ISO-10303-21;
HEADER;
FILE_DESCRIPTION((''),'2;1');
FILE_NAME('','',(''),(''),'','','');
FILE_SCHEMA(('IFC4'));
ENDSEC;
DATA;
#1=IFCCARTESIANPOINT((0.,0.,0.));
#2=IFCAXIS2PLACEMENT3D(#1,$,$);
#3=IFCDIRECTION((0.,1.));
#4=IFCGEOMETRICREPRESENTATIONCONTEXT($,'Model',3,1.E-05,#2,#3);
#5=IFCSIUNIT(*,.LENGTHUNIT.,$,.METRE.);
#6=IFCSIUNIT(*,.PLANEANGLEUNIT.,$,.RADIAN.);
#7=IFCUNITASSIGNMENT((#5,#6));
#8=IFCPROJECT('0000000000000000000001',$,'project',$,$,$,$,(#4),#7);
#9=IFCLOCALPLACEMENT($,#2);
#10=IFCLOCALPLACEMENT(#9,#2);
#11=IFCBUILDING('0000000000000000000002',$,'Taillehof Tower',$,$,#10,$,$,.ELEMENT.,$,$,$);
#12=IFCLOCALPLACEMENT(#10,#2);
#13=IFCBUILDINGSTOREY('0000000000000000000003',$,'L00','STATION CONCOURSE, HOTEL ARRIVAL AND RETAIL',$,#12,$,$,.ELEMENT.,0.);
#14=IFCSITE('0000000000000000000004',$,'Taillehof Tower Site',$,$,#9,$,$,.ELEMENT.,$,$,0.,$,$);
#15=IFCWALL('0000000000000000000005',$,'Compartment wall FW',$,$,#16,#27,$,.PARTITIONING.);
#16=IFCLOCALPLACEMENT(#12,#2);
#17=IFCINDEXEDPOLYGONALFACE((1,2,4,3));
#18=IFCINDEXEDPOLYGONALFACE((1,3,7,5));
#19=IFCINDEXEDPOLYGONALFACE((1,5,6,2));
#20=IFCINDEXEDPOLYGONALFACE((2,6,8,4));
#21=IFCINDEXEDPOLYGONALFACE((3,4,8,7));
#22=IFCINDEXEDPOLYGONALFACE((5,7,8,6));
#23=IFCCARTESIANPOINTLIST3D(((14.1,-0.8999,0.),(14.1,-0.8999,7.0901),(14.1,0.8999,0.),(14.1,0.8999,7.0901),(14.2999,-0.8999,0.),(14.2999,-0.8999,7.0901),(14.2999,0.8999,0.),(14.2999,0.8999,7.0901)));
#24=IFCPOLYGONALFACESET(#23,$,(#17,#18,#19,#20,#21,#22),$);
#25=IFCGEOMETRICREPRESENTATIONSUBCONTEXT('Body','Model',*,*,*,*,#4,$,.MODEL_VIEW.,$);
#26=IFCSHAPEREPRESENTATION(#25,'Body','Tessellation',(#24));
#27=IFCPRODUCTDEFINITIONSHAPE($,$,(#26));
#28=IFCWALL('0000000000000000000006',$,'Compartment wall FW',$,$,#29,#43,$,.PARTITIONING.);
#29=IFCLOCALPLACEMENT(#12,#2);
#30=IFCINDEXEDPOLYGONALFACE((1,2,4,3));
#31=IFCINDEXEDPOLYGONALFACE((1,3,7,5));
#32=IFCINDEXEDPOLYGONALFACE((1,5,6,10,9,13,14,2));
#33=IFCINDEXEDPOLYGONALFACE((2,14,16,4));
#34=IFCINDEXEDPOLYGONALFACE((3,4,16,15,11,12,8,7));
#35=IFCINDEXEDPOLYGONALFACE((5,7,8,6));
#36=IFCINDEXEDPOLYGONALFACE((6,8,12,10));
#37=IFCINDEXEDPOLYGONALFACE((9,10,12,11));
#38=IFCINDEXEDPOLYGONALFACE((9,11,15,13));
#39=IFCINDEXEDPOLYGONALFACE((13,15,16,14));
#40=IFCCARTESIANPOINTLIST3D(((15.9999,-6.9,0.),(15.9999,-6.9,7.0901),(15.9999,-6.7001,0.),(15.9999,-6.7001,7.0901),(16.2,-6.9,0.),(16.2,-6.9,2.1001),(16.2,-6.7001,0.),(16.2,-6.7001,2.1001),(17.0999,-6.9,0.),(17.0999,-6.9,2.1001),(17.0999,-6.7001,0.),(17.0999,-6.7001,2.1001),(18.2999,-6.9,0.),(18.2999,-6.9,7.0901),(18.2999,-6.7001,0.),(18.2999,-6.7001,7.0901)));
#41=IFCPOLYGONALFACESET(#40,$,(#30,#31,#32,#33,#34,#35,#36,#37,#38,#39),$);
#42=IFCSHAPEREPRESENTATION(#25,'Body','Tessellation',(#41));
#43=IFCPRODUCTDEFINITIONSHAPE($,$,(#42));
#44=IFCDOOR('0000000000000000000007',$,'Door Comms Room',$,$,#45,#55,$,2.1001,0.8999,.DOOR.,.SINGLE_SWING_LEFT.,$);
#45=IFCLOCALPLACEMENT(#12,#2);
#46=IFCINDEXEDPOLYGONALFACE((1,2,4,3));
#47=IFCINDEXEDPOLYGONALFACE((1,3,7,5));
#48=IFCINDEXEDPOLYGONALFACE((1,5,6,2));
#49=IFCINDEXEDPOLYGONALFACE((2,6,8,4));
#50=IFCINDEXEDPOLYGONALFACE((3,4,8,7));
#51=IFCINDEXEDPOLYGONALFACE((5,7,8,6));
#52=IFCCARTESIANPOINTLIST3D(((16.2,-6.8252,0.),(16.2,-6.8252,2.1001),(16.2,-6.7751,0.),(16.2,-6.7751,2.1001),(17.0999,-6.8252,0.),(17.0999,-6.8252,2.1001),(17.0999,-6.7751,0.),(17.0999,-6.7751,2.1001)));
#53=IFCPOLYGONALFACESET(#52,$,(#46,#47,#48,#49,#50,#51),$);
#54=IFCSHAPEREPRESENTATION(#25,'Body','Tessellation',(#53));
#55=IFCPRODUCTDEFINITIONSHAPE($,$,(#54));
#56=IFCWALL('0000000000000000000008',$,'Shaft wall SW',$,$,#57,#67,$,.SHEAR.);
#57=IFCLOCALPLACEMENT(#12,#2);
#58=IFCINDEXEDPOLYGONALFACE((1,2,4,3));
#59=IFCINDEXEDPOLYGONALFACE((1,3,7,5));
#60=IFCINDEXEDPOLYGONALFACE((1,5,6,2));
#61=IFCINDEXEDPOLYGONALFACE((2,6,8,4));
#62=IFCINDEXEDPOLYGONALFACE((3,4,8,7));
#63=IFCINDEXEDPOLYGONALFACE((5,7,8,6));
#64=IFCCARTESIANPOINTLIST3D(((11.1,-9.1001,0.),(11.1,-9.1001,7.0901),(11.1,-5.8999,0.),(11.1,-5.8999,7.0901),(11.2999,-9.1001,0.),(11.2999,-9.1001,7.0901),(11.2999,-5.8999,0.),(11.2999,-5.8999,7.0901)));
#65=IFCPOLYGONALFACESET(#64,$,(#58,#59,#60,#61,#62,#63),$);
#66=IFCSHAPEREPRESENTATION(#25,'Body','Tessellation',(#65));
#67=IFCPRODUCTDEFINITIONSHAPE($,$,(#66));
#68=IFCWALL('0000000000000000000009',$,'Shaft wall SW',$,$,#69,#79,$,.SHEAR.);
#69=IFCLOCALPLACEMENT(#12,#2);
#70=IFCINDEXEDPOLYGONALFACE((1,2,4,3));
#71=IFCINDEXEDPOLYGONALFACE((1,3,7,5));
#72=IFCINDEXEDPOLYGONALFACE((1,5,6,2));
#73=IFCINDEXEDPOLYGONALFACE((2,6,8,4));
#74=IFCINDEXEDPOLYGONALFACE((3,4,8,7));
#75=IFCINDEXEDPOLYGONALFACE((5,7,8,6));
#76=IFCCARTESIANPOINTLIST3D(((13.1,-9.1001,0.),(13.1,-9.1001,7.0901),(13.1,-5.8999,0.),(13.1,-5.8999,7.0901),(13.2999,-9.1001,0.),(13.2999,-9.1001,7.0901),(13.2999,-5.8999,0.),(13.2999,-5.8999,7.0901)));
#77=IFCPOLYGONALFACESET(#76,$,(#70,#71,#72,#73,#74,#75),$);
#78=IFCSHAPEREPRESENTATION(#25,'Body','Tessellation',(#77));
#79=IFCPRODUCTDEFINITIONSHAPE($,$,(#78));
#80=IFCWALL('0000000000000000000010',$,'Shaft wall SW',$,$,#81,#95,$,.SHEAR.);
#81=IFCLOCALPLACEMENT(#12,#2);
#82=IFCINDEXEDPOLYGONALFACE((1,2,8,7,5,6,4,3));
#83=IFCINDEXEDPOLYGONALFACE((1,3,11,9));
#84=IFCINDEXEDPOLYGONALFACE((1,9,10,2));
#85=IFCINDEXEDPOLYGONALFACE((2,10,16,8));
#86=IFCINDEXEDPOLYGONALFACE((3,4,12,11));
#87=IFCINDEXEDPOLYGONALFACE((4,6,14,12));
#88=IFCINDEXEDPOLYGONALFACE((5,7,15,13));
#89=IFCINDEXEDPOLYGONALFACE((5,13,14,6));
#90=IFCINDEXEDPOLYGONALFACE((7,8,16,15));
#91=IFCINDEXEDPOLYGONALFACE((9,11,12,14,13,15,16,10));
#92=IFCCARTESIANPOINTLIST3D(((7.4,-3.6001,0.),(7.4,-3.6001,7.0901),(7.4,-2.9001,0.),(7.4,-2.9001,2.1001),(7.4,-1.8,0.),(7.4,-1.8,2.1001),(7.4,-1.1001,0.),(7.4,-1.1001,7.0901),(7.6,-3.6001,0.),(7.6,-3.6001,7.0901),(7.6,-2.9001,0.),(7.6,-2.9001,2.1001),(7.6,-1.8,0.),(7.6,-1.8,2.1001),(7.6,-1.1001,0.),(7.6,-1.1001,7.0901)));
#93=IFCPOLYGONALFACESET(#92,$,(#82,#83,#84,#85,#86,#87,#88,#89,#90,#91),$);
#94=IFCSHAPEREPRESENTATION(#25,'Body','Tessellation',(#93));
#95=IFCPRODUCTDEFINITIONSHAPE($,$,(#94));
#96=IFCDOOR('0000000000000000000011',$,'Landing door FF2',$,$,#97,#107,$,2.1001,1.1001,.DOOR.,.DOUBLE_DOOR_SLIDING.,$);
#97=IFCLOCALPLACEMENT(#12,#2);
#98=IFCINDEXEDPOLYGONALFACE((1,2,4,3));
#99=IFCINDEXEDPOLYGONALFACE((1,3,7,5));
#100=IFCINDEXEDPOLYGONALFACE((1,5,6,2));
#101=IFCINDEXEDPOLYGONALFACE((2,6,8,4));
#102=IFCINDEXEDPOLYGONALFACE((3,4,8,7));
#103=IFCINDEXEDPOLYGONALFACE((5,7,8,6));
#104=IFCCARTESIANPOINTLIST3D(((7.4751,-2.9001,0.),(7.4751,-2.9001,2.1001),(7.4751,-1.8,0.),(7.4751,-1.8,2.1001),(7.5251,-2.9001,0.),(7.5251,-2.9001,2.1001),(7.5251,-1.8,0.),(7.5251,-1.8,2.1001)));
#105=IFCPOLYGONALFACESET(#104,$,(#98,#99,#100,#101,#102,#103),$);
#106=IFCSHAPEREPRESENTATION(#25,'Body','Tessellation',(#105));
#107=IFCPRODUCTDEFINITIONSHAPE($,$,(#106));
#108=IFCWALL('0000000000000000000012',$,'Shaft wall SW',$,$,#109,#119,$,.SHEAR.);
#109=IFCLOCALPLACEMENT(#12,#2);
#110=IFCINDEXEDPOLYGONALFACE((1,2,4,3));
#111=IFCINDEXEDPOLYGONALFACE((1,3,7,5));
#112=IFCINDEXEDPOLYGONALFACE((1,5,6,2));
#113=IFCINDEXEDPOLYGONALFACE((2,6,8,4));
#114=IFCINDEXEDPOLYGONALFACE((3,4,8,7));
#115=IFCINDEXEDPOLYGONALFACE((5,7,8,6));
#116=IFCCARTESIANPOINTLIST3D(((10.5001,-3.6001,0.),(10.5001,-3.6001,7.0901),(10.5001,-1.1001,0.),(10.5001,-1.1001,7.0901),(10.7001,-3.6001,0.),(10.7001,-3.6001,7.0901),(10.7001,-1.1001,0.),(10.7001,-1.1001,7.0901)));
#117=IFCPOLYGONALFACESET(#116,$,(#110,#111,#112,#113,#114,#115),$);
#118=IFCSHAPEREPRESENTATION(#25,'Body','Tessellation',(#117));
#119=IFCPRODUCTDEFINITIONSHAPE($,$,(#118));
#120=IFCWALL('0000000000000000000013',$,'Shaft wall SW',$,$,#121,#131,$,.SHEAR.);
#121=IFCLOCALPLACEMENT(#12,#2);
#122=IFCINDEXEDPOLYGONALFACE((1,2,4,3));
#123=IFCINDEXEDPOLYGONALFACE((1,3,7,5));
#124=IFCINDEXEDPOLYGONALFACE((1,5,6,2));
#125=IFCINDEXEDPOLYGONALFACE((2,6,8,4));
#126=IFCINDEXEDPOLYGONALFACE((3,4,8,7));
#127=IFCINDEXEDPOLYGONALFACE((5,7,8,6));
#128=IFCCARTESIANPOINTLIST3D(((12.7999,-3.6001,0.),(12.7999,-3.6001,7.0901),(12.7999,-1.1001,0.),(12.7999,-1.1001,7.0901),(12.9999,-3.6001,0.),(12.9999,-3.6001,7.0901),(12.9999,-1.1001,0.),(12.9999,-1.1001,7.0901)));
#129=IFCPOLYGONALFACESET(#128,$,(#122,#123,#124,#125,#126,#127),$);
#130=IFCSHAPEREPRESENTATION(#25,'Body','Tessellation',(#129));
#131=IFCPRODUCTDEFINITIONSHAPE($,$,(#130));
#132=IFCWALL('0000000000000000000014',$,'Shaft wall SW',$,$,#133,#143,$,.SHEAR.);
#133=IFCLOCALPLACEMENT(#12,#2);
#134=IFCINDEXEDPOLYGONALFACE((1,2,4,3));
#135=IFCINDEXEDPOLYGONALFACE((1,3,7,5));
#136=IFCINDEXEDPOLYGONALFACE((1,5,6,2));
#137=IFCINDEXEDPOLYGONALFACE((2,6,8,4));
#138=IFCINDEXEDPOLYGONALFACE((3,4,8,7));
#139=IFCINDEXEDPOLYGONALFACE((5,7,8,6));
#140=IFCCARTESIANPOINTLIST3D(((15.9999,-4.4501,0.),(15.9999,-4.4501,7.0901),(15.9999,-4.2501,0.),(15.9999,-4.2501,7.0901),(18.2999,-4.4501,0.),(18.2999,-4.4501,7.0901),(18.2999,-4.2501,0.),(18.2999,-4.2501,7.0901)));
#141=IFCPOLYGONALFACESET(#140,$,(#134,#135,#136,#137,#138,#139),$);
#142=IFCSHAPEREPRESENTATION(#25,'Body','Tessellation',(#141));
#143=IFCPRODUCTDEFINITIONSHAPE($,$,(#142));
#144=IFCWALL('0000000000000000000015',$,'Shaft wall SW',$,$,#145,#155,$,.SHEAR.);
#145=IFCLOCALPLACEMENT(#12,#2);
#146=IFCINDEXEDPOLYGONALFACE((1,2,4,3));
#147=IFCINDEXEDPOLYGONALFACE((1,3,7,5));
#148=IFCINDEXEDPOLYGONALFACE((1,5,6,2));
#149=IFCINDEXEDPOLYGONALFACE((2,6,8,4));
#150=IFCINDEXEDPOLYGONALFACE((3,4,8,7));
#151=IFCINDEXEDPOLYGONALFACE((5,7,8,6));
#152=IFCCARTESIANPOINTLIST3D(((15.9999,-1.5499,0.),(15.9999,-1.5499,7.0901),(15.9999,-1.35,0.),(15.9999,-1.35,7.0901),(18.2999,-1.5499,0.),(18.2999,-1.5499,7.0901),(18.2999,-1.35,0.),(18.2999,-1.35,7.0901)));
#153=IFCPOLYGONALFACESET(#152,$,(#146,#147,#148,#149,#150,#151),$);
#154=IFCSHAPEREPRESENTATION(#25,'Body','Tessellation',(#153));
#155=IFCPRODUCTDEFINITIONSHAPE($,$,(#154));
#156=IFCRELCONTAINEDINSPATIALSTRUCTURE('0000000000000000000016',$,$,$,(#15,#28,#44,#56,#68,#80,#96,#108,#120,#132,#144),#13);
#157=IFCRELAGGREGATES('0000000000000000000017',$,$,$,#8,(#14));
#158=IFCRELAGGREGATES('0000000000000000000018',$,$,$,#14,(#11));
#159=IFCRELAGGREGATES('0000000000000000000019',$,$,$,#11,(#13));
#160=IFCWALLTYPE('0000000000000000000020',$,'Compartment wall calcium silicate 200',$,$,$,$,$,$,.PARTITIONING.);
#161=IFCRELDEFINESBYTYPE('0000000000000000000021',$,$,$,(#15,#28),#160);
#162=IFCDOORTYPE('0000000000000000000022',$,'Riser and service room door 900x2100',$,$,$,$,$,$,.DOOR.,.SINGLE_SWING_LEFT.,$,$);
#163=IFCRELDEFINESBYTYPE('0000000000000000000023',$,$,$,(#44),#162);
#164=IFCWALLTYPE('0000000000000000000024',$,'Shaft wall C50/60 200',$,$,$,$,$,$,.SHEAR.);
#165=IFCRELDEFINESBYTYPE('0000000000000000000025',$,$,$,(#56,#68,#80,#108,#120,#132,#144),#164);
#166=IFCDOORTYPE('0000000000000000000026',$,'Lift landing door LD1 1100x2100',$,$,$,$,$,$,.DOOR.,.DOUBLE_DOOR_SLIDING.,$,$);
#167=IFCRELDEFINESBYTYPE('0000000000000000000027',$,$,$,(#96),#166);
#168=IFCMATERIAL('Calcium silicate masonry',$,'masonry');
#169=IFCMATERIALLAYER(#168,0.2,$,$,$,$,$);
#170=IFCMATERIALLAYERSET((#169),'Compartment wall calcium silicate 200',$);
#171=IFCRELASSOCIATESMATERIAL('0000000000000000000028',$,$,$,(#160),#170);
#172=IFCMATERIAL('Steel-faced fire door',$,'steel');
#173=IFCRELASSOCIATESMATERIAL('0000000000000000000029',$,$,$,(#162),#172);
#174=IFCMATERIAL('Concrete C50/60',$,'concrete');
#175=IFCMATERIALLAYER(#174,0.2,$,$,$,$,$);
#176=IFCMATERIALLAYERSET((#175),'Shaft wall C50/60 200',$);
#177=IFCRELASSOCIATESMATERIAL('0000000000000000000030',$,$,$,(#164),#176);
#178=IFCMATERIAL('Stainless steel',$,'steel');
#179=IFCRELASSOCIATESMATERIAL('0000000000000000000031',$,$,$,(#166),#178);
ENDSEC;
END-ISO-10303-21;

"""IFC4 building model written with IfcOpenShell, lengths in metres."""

from ifc_helpers import new_model, si_unit, direction, frame, frame_2d, origin, place, context, subcontext, project, spatial, rectangle, extrude, material, layer, layer_set, type_object, element, fill, save


model = new_model("IFC4")

# Units and contexts
model_context = context("Model", 3, precision=1e-05, world=origin(), true_north=direction((0.0, 1.0)))
body_context = subcontext(model_context, "Body", "Model", "MODEL_VIEW")
ifc_project = project(units=[si_unit("LENGTHUNIT", "METRE"), si_unit("PLANEANGLEUNIT", "RADIAN")], contexts=[model_context])

# Site, building, storey
site_placement = place(None, origin())
site = spatial("IfcSite", under=ifc_project, at=site_placement, Name="Taillehof Tower Site", CompositionType="ELEMENT", RefElevation=0.0)
building_placement = place(site_placement, origin())
building = spatial("IfcBuilding", under=site, at=building_placement, Name="Taillehof Tower", CompositionType="ELEMENT")
storey_placement = place(building_placement, origin())
storey = spatial("IfcBuildingStorey", under=building, at=storey_placement, Name="L00", Description="STATION CONCOURSE, HOTEL ARRIVAL AND RETAIL", CompositionType="ELEMENT", Elevation=0.0)

# Wall
ifc_material_1 = material(Name="Calcium silicate masonry", Category="masonry")
ifc_layer_1 = layer(ifc_material_1, 0.2)
ifc_layer_set_1 = layer_set([ifc_layer_1], Name="Compartment wall calcium silicate 200")
wall_type_1 = type_object("IfcWallType", Name="Compartment wall calcium silicate 200", PredefinedType="PARTITIONING", material=ifc_layer_set_1)
wall_1_placement = place(storey_placement, frame((14.2, -0.8999, 0.0), z_axis=(0.0, 0.0, 1.0), x_axis=(0.0, 1.0, 0.0)))
element("IfcWall", 1, at=wall_1_placement, inside=storey, type_object=wall_type_1, Name="Compartment wall FW", PredefinedType="PARTITIONING", context=body_context, shape_type="SweptSolid", body=[
    extrude(rectangle(XDim=1.7998, YDim=0.2, at=frame_2d((0.8999, 0.0))), origin(), (0.0, 0.0, 1.0), 7.0901),
])

# Wall, opening, door
wall_2_placement = place(storey_placement, frame((16.0, -6.8, 0.0), z_axis=(0.0, 0.0, 1.0), x_axis=(1.0, 0.0, 0.0)))
wall_2 = element("IfcWall", 2, at=wall_2_placement, inside=storey, type_object=wall_type_1, Name="Compartment wall FW", PredefinedType="PARTITIONING", context=body_context, shape_type="SweptSolid", body=[
    extrude(rectangle(XDim=2.3, YDim=0.2, at=frame_2d((1.1499, 0.0))), origin(), (0.0, 0.0, 1.0), 7.0901),
])
opening_1_placement = place(wall_2_placement, frame((0.2, 0.0, 0.0)))
opening_1 = element("IfcOpeningElement", 3, at=opening_1_placement, cuts=wall_2, PredefinedType="OPENING", context=body_context, shape_type="SweptSolid", body=[
    extrude(rectangle(XDim=0.8999, YDim=2.1001, at=frame_2d((0.45, 1.05))), frame((0.0, 0.1099, 0.0), z_axis=(0.0, -1.0, 0.0), x_axis=(1.0, 0.0, 0.0)), (0.0, 0.0, 1.0), 0.22),
])
ifc_material_2 = material(Name="Steel-faced fire door", Category="steel")
door_type_1 = type_object("IfcDoorType", Name="Riser and service room door 900x2100", OperationType="SINGLE_SWING_LEFT", PredefinedType="DOOR", material=ifc_material_2)
door_1_placement = place(opening_1_placement, origin())
door_1 = element("IfcDoor", 4, at=door_1_placement, inside=storey, type_object=door_type_1, Name="Door Comms Room", OperationType="SINGLE_SWING_LEFT", OverallHeight=2.1001, OverallWidth=0.8999, PredefinedType="DOOR", context=body_context, shape_type="SweptSolid", body=[
    extrude(rectangle(XDim=0.8999, YDim=2.1001, at=frame_2d((0.45, 1.05))), frame((0.0, 0.0249, 0.0), z_axis=(0.0, -1.0, 0.0), x_axis=(1.0, 0.0, 0.0)), (0.0, 0.0, 1.0), 0.05),
])
fill(opening_1, door_1)

# Walls
ifc_material_3 = material(Name="Concrete C50/60", Category="concrete")
ifc_layer_2 = layer(ifc_material_3, 0.2)
ifc_layer_set_2 = layer_set([ifc_layer_2], Name="Shaft wall C50/60 200")
wall_type_2 = type_object("IfcWallType", Name="Shaft wall C50/60 200", PredefinedType="SHEAR", material=ifc_layer_set_2)
for number, where, z_axis, x_axis, name in (
    (5, (11.2, -9.1001, 0.0), (0.0, 0.0, 1.0), (0.0, 1.0, 0.0), "Shaft wall SW"),
    (6, (13.2, -9.1001, 0.0), (0.0, 0.0, 1.0), (0.0, 1.0, 0.0), "Shaft wall SW"),
):
    element("IfcWall", number, at=place(storey_placement, frame(where, z_axis=z_axis, x_axis=x_axis)), inside=storey, type_object=wall_type_2, Name=name, PredefinedType="SHEAR", context=body_context, shape_type="SweptSolid", body=[
        extrude(rectangle(XDim=3.2002, YDim=0.2, at=frame_2d((1.6001, 0.0))), origin(), (0.0, 0.0, 1.0), 7.0901),
    ])

# Wall, opening, door
wall_3_placement = place(storey_placement, frame((7.5, -3.6001, 0.0), z_axis=(0.0, 0.0, 1.0), x_axis=(0.0, 1.0, 0.0)))
wall_3 = element("IfcWall", 7, at=wall_3_placement, inside=storey, type_object=wall_type_2, Name="Shaft wall SW", PredefinedType="SHEAR", context=body_context, shape_type="SweptSolid", body=[
    extrude(rectangle(XDim=2.5, YDim=0.2, at=frame_2d((1.25, 0.0))), origin(), (0.0, 0.0, 1.0), 7.0901),
])
opening_2_placement = place(wall_3_placement, frame((0.7, 0.0, 0.0)))
opening_2 = element("IfcOpeningElement", 8, at=opening_2_placement, cuts=wall_3, PredefinedType="OPENING", context=body_context, shape_type="SweptSolid", body=[
    extrude(rectangle(XDim=1.1001, YDim=2.1001, at=frame_2d((0.55, 1.05))), frame((0.0, 0.1099, 0.0), z_axis=(0.0, -1.0, 0.0), x_axis=(1.0, 0.0, 0.0)), (0.0, 0.0, 1.0), 0.22),
])
ifc_material_4 = material(Name="Stainless steel", Category="steel")
door_type_2 = type_object("IfcDoorType", Name="Lift landing door LD1 1100x2100", OperationType="DOUBLE_DOOR_SLIDING", PredefinedType="DOOR", material=ifc_material_4)
door_2_placement = place(opening_2_placement, origin())
door_2 = element("IfcDoor", 9, at=door_2_placement, inside=storey, type_object=door_type_2, Name="Landing door FF2", OperationType="DOUBLE_DOOR_SLIDING", OverallHeight=2.1001, OverallWidth=1.1001, PredefinedType="DOOR", context=body_context, shape_type="SweptSolid", body=[
    extrude(rectangle(XDim=1.1001, YDim=2.1001, at=frame_2d((0.55, 1.05))), frame((0.0, 0.0249, 0.0), z_axis=(0.0, -1.0, 0.0), x_axis=(1.0, 0.0, 0.0)), (0.0, 0.0, 1.0), 0.05),
])
fill(opening_2, door_2)

# Walls
for number, where, z_axis, x_axis, name in (
    (10, (10.6001, -3.6001, 0.0), (0.0, 0.0, 1.0), (0.0, 1.0, 0.0), "Shaft wall SW"),
    (11, (12.8999, -3.6001, 0.0), (0.0, 0.0, 1.0), (0.0, 1.0, 0.0), "Shaft wall SW"),
):
    element("IfcWall", number, at=place(storey_placement, frame(where, z_axis=z_axis, x_axis=x_axis)), inside=storey, type_object=wall_type_2, Name=name, PredefinedType="SHEAR", context=body_context, shape_type="SweptSolid", body=[
        extrude(rectangle(XDim=2.5, YDim=0.2, at=frame_2d((1.25, 0.0))), origin(), (0.0, 0.0, 1.0), 7.0901),
    ])
for number, where, z_axis, x_axis, name in (
    (12, (16.0, -4.3501, 0.0), (0.0, 0.0, 1.0), (1.0, 0.0, 0.0), "Shaft wall SW"),
    (13, (16.0, -1.45, 0.0), (0.0, 0.0, 1.0), (1.0, 0.0, 0.0), "Shaft wall SW"),
):
    element("IfcWall", number, at=place(storey_placement, frame(where, z_axis=z_axis, x_axis=x_axis)), inside=storey, type_object=wall_type_2, Name=name, PredefinedType="SHEAR", context=body_context, shape_type="SweptSolid", body=[
        extrude(rectangle(XDim=2.3, YDim=0.2, at=frame_2d((1.1499, 0.0))), origin(), (0.0, 0.0, 1.0), 7.0901),
    ])

save(model, "model.ifc")
